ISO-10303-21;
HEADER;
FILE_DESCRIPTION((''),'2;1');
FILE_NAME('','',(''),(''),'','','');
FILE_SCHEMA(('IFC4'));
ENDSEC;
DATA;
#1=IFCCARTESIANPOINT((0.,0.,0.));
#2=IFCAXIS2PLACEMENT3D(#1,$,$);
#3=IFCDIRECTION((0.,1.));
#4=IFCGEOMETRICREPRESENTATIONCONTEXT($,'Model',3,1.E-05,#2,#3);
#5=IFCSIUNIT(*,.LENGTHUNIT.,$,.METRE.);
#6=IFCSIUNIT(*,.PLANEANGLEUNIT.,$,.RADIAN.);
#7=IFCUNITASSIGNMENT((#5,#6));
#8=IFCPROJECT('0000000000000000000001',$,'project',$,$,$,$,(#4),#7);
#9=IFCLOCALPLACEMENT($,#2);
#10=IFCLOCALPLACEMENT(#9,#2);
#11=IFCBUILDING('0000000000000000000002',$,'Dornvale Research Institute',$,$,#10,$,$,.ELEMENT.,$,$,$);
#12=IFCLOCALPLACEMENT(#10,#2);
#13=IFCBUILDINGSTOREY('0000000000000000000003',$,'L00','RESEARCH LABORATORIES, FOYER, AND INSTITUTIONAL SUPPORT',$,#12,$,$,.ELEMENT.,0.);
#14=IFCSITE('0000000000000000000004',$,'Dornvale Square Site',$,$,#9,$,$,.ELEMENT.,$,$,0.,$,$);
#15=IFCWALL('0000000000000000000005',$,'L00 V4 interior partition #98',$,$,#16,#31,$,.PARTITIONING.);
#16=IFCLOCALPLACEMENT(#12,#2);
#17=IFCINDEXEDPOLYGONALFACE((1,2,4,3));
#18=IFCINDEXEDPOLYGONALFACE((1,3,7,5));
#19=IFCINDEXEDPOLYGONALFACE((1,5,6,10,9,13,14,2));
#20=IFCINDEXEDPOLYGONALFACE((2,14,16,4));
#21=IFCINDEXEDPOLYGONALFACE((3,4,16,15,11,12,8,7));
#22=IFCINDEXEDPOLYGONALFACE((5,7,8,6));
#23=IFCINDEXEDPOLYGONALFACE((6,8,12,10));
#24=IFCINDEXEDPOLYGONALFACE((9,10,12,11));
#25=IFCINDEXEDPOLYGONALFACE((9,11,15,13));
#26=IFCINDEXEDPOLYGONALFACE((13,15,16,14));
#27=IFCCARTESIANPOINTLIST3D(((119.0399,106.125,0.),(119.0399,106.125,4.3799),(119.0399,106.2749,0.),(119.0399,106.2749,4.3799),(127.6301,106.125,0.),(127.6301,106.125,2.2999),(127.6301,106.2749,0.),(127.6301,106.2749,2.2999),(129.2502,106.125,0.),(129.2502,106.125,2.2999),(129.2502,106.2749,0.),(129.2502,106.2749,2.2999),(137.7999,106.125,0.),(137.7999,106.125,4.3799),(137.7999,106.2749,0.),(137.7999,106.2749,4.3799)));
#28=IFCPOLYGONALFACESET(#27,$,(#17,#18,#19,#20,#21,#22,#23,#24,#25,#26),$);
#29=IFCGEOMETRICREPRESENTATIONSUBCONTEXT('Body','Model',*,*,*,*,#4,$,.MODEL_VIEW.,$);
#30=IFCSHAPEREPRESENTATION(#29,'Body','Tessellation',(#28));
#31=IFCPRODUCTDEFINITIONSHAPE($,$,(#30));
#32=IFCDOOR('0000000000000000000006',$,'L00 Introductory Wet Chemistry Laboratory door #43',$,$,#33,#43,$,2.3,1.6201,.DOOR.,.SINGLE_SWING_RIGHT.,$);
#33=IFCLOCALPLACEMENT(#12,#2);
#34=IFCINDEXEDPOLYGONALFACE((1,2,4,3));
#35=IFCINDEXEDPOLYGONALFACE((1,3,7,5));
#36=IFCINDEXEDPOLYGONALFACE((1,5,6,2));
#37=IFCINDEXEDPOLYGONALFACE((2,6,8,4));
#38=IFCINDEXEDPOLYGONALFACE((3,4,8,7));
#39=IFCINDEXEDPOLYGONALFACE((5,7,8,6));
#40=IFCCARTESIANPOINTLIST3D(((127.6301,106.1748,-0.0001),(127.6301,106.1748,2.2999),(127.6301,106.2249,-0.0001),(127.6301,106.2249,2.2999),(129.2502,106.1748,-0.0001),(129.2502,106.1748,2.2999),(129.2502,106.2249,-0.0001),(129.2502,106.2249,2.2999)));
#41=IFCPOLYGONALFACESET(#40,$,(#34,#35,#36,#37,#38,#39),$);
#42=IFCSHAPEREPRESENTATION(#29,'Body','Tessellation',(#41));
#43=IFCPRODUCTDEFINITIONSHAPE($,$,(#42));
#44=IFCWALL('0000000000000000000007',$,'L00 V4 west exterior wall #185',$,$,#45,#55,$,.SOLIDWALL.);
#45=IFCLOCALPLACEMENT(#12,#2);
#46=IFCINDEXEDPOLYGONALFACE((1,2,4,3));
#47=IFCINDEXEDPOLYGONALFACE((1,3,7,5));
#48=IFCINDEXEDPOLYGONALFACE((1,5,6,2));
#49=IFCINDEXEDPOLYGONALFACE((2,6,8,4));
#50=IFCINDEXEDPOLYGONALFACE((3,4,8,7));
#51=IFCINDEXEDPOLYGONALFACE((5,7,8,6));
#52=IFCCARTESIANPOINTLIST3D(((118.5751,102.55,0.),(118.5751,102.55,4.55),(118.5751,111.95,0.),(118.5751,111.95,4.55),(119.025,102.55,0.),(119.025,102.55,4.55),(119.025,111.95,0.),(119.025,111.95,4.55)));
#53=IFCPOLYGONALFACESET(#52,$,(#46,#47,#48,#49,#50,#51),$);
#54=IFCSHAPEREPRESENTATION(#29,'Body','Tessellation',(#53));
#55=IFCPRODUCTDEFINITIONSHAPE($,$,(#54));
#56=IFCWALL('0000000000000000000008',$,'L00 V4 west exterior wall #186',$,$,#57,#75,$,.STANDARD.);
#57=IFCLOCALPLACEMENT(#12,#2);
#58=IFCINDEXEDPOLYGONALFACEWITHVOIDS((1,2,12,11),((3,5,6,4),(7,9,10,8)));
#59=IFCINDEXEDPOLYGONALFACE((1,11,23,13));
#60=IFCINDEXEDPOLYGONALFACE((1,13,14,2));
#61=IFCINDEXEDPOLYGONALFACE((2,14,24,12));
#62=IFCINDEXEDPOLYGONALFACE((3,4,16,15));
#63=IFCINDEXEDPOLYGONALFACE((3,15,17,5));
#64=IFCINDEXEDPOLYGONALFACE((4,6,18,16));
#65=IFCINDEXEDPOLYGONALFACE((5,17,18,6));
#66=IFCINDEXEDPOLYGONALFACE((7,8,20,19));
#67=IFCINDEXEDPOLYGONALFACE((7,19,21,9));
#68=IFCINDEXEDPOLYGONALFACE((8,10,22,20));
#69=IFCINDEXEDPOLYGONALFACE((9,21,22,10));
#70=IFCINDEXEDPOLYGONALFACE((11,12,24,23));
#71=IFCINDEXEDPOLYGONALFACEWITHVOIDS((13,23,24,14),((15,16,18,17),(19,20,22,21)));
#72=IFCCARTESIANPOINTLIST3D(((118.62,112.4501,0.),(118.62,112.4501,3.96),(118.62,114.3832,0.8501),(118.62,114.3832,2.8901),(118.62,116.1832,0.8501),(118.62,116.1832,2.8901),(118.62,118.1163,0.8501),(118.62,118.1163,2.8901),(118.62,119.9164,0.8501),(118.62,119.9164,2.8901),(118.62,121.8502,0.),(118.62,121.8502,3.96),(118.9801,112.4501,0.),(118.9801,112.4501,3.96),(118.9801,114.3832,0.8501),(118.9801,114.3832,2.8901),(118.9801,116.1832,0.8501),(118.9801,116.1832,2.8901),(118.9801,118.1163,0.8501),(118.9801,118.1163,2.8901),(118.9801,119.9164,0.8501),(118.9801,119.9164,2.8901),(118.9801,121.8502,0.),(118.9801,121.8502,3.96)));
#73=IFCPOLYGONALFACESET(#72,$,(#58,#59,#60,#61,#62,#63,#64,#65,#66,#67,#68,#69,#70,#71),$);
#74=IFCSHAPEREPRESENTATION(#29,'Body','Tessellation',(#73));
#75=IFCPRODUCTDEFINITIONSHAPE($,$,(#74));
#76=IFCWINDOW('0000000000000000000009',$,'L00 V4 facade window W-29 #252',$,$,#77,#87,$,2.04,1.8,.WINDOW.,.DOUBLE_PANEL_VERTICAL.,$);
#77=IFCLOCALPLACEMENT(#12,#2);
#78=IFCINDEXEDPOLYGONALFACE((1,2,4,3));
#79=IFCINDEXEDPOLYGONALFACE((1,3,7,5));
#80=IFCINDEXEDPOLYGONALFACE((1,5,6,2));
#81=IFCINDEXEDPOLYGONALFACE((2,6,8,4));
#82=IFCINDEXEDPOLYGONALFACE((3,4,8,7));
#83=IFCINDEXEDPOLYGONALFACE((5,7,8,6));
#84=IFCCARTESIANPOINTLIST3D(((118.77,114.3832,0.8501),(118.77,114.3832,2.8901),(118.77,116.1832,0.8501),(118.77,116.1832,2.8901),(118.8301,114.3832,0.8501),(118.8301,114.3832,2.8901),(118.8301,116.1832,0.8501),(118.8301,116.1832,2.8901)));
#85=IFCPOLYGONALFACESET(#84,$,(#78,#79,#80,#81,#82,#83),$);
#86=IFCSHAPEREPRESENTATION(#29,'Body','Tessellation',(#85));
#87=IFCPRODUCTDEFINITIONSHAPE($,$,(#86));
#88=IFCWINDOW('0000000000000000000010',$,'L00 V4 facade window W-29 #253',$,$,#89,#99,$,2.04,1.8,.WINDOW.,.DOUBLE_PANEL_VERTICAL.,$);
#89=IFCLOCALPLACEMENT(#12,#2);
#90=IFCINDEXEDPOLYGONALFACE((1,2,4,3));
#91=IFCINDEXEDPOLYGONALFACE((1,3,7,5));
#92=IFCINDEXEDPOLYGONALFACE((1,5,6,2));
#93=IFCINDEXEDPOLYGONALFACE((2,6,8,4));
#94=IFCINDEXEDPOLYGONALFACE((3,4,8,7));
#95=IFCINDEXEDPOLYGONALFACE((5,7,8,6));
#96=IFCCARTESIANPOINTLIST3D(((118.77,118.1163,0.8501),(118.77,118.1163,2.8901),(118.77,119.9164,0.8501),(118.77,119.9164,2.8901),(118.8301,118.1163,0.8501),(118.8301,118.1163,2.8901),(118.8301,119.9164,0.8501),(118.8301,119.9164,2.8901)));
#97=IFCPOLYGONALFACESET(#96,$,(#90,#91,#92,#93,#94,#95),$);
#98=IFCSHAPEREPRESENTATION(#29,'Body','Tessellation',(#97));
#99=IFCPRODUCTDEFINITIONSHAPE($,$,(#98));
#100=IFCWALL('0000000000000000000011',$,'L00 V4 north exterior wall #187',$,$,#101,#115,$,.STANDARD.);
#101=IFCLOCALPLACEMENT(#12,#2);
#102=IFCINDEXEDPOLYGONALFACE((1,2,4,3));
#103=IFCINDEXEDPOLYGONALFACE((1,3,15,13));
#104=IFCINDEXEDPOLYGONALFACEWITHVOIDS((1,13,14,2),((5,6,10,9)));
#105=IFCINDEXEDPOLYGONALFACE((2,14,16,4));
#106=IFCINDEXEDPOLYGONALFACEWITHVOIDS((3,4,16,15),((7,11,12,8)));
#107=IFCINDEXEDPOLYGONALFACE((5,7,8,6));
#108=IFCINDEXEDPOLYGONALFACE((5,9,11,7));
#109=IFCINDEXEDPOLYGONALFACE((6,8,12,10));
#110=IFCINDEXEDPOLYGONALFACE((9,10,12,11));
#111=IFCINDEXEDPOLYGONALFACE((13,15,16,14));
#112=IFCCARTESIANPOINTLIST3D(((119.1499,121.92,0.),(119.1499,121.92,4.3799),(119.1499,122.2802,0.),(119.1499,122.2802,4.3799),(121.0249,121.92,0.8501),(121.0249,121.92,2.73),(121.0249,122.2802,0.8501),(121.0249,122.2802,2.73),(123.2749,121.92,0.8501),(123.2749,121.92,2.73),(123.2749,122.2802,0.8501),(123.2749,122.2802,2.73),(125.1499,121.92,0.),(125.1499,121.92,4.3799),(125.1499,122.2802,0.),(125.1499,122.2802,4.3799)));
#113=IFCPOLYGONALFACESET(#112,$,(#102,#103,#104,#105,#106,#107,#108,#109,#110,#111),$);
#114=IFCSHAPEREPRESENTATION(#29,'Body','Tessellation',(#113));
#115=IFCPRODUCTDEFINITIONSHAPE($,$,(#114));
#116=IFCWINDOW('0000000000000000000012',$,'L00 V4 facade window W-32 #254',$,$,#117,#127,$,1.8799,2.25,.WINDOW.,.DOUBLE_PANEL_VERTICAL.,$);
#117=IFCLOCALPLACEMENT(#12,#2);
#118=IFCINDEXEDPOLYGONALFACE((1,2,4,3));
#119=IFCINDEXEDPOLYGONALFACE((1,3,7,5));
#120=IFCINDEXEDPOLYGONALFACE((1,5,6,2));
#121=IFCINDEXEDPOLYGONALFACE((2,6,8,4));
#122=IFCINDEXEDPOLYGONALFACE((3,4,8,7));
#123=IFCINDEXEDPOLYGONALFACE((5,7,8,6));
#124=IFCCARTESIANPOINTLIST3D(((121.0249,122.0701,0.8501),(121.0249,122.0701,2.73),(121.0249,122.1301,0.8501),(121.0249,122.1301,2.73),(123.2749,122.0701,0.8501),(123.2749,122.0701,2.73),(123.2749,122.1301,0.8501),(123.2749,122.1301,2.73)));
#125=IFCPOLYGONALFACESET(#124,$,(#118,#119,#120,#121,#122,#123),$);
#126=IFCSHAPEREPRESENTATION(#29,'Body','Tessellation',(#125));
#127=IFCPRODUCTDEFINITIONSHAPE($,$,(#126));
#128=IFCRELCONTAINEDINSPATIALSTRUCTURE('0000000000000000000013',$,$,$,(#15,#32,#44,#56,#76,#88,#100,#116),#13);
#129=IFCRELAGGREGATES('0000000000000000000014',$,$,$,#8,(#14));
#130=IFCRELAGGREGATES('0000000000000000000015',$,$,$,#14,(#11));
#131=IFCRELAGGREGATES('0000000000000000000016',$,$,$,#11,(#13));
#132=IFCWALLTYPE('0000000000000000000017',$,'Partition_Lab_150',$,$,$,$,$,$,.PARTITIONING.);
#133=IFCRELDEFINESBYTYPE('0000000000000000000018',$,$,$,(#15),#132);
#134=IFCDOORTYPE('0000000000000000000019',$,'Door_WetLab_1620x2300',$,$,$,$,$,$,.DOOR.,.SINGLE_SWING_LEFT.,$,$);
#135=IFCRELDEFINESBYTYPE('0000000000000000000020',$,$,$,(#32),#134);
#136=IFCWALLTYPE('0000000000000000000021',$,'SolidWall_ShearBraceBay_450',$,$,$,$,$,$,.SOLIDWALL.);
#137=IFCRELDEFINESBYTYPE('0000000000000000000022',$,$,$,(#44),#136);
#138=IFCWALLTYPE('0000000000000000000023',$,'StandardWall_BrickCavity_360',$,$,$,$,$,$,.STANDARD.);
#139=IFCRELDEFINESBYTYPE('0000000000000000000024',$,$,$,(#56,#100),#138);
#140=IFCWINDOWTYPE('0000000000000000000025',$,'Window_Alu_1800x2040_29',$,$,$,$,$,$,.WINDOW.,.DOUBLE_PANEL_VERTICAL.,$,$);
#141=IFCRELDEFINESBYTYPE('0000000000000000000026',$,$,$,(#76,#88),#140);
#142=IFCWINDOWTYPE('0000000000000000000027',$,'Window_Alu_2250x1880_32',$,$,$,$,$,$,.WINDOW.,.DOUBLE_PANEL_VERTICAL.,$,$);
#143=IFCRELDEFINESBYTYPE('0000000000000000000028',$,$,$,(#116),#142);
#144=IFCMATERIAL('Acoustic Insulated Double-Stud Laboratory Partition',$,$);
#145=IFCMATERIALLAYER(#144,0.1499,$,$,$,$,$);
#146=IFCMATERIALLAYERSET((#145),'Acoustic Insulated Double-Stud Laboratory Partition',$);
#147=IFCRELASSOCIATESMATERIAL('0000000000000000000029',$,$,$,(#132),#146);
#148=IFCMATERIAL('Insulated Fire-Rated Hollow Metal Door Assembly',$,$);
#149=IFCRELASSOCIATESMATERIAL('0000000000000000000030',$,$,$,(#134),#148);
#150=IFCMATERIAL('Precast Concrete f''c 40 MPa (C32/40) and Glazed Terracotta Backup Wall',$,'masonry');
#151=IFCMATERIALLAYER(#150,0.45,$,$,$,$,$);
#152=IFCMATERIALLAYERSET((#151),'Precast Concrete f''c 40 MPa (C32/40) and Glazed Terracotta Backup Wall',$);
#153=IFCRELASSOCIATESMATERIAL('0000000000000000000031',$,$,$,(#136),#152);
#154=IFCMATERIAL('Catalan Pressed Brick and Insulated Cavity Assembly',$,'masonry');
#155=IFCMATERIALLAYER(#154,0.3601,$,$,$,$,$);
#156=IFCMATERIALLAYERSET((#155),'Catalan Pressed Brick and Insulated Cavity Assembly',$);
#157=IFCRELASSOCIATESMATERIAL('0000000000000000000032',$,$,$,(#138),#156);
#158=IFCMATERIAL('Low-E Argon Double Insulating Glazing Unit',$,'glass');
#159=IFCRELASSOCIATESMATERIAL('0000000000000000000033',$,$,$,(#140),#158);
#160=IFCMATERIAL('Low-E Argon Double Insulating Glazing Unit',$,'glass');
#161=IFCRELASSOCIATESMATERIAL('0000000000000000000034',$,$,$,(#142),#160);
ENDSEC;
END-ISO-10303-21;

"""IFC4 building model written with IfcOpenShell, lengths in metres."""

from ifc_helpers import new_model, si_unit, direction, frame, frame_2d, origin, place, context, subcontext, project, spatial, rectangle, extrude, material, layer, layer_set, type_object, element, fill, save


model = new_model("IFC4")

# Units and contexts
model_context = context("Model", 3, precision=1e-05, world=origin(), true_north=direction((0.0, 1.0)))
body_context = subcontext(model_context, "Body", "Model", "MODEL_VIEW")
ifc_project = project(units=[si_unit("LENGTHUNIT", "METRE"), si_unit("PLANEANGLEUNIT", "RADIAN")], contexts=[model_context])

# Site, building, storey
site_placement = place(None, origin())
site = spatial("IfcSite", under=ifc_project, at=site_placement, Name="Dornvale Square Site", CompositionType="ELEMENT", RefElevation=0.0)
building_placement = place(site_placement, origin())
building = spatial("IfcBuilding", under=site, at=building_placement, Name="Dornvale Research Institute", CompositionType="ELEMENT")
storey_placement = place(building_placement, origin())
storey = spatial("IfcBuildingStorey", under=building, at=storey_placement, Name="L00", Description="RESEARCH LABORATORIES, FOYER, AND INSTITUTIONAL SUPPORT", CompositionType="ELEMENT", Elevation=0.0)

# Wall, opening, door
ifc_material_1 = material(Name="Acoustic Insulated Double-Stud Laboratory Partition")
ifc_layer_1 = layer(ifc_material_1, 0.1499)
ifc_layer_set_1 = layer_set([ifc_layer_1], Name="Acoustic Insulated Double-Stud Laboratory Partition")
wall_type_1 = type_object("IfcWallType", Name="Partition_Lab_150", PredefinedType="PARTITIONING", material=ifc_layer_set_1)
wall_1_placement = place(storey_placement, frame((119.04, 106.2, 0.0), z_axis=(0.0, 0.0, 1.0), x_axis=(1.0, 0.0, 0.0)))
wall_1 = element("IfcWall", 1, at=wall_1_placement, inside=storey, type_object=wall_type_1, Name="L00 V4 interior partition #98", PredefinedType="PARTITIONING", context=body_context, shape_type="SweptSolid", body=[
    extrude(rectangle(XDim=18.76, YDim=0.1499, at=frame_2d((9.3799, 0.0))), origin(), (0.0, 0.0, 1.0), 4.3799),
])
opening_1_placement = place(wall_1_placement, frame((8.5901, 0.0, 0.0)))
opening_1 = element("IfcOpeningElement", 2, at=opening_1_placement, cuts=wall_1, PredefinedType="OPENING", context=body_context, shape_type="SweptSolid", body=[
    extrude(rectangle(XDim=1.6201, YDim=2.3, at=frame_2d((0.8101, 1.1499))), frame((0.0, 0.0898, 0.0), z_axis=(0.0, -1.0, 0.0), x_axis=(1.0, 0.0, 0.0)), (0.0, 0.0, 1.0), 0.1799),
])
ifc_material_2 = material(Name="Insulated Fire-Rated Hollow Metal Door Assembly")
door_type = type_object("IfcDoorType", Name="Door_WetLab_1620x2300", OperationType="SINGLE_SWING_LEFT", PredefinedType="DOOR", material=ifc_material_2)
door_placement = place(opening_1_placement, origin())
door = element("IfcDoor", 3, at=door_placement, inside=storey, type_object=door_type, Name="L00 Introductory Wet Chemistry Laboratory door #43", OperationType="SINGLE_SWING_RIGHT", OverallHeight=2.3, OverallWidth=1.6201, PredefinedType="DOOR", context=body_context, shape_type="SweptSolid", body=[
    extrude(rectangle(XDim=1.6201, YDim=2.3, at=frame_2d((0.8101, 1.1499))), frame((0.0, 0.0249, 0.0), z_axis=(0.0, -1.0, 0.0), x_axis=(1.0, 0.0, 0.0)), (0.0, 0.0, 1.0), 0.05),
])
fill(opening_1, door)

# Wall
ifc_material_3 = material(Name="Precast Concrete f'c 40 MPa (C32/40) and Glazed Terracotta Backup Wall", Category="masonry")
ifc_layer_2 = layer(ifc_material_3, 0.45)
ifc_layer_set_2 = layer_set([ifc_layer_2], Name="Precast Concrete f'c 40 MPa (C32/40) and Glazed Terracotta Backup Wall")
wall_type_2 = type_object("IfcWallType", Name="SolidWall_ShearBraceBay_450", PredefinedType="SOLIDWALL", material=ifc_layer_set_2)
wall_2_placement = place(storey_placement, frame((118.8, 102.55, 0.0), z_axis=(0.0, 0.0, 1.0), x_axis=(0.0, 1.0, 0.0)))
element("IfcWall", 4, at=wall_2_placement, inside=storey, type_object=wall_type_2, Name="L00 V4 west exterior wall #185", PredefinedType="SOLIDWALL", context=body_context, shape_type="SweptSolid", body=[
    extrude(rectangle(XDim=9.3999, YDim=0.45, at=frame_2d((4.7, 0.0))), origin(), (0.0, 0.0, 1.0), 4.55),
])

# Wall, openings, windows
ifc_material_4 = material(Name="Catalan Pressed Brick and Insulated Cavity Assembly", Category="masonry")
ifc_layer_3 = layer(ifc_material_4, 0.3601)
ifc_layer_set_3 = layer_set([ifc_layer_3], Name="Catalan Pressed Brick and Insulated Cavity Assembly")
wall_type_3 = type_object("IfcWallType", Name="StandardWall_BrickCavity_360", PredefinedType="STANDARD", material=ifc_layer_set_3)
wall_3_placement = place(storey_placement, frame((118.8, 112.45, 0.0), z_axis=(0.0, 0.0, 1.0), x_axis=(0.0, 1.0, 0.0)))
wall_3 = element("IfcWall", 5, at=wall_3_placement, inside=storey, type_object=wall_type_3, Name="L00 V4 west exterior wall #186", PredefinedType="STANDARD", context=body_context, shape_type="SweptSolid", body=[
    extrude(rectangle(XDim=9.4001, YDim=0.3601, at=frame_2d((4.7002, 0.0))), origin(), (0.0, 0.0, 1.0), 3.96),
])
opening_2_placement = place(wall_3_placement, frame((1.9333, 0.0, 0.8501)))
opening_2 = element("IfcOpeningElement", 6, at=opening_2_placement, cuts=wall_3, PredefinedType="OPENING", context=body_context, shape_type="SweptSolid", body=[
    extrude(rectangle(XDim=1.8, YDim=2.04, at=frame_2d((0.8999, 1.02))), frame((0.0, 0.1951, 0.0), z_axis=(0.0, -1.0, 0.0), x_axis=(1.0, 0.0, 0.0)), (0.0, 0.0, 1.0), 0.3901),
])
opening_3_placement = place(wall_3_placement, frame((5.6665, 0.0, 0.8501)))
opening_3 = element("IfcOpeningElement", 7, at=opening_3_placement, cuts=wall_3, PredefinedType="OPENING", context=body_context, shape_type="SweptSolid", body=[
    extrude(rectangle(XDim=1.8, YDim=2.04, at=frame_2d((0.8999, 1.02))), frame((0.0, 0.1951, 0.0), z_axis=(0.0, -1.0, 0.0), x_axis=(1.0, 0.0, 0.0)), (0.0, 0.0, 1.0), 0.3901),
])
ifc_material_5 = material(Name="Low-E Argon Double Insulating Glazing Unit", Category="glass")
window_type_1 = type_object("IfcWindowType", Name="Window_Alu_1800x2040_29", PartitioningType="DOUBLE_PANEL_VERTICAL", PredefinedType="WINDOW", material=ifc_material_5)
window_1_placement = place(opening_2_placement, origin())
window_1 = element("IfcWindow", 8, at=window_1_placement, inside=storey, type_object=window_type_1, Name="L00 V4 facade window W-29 #252", OverallHeight=2.04, OverallWidth=1.8, PartitioningType="DOUBLE_PANEL_VERTICAL", PredefinedType="WINDOW", context=body_context, shape_type="SweptSolid", body=[
    extrude(rectangle(XDim=1.8, YDim=2.04, at=frame_2d((0.8999, 1.02))), frame((0.0, 0.03, 0.0), z_axis=(0.0, -1.0, 0.0), x_axis=(1.0, 0.0, 0.0)), (0.0, 0.0, 1.0), 0.0601),
])
fill(opening_2, window_1)
window_2_placement = place(opening_3_placement, origin())
window_2 = element("IfcWindow", 9, at=window_2_placement, inside=storey, type_object=window_type_1, Name="L00 V4 facade window W-29 #253", OverallHeight=2.04, OverallWidth=1.8, PartitioningType="DOUBLE_PANEL_VERTICAL", PredefinedType="WINDOW", context=body_context, shape_type="SweptSolid", body=[
    extrude(rectangle(XDim=1.8, YDim=2.04, at=frame_2d((0.8999, 1.02))), frame((0.0, 0.03, 0.0), z_axis=(0.0, -1.0, 0.0), x_axis=(1.0, 0.0, 0.0)), (0.0, 0.0, 1.0), 0.0601),
])
fill(opening_3, window_2)

# Wall, opening, window
wall_4_placement = place(storey_placement, frame((119.1499, 122.1001, 0.0), z_axis=(0.0, 0.0, 1.0), x_axis=(1.0, 0.0, 0.0)))
wall_4 = element("IfcWall", 10, at=wall_4_placement, inside=storey, type_object=wall_type_3, Name="L00 V4 north exterior wall #187", PredefinedType="STANDARD", context=body_context, shape_type="SweptSolid", body=[
    extrude(rectangle(XDim=6.0, YDim=0.3601, at=frame_2d((3.0, 0.0))), origin(), (0.0, 0.0, 1.0), 4.3799),
])
opening_4_placement = place(wall_4_placement, frame((1.875, 0.0, 0.8501)))
opening_4 = element("IfcOpeningElement", 11, at=opening_4_placement, cuts=wall_4, PredefinedType="OPENING", context=body_context, shape_type="SweptSolid", body=[
    extrude(rectangle(XDim=2.25, YDim=1.8799, at=frame_2d((1.125, 0.9399))), frame((0.0, 0.1951, 0.0), z_axis=(0.0, -1.0, 0.0), x_axis=(1.0, 0.0, 0.0)), (0.0, 0.0, 1.0), 0.3901),
])
ifc_material_6 = material(Name="Low-E Argon Double Insulating Glazing Unit", Category="glass")
window_type_2 = type_object("IfcWindowType", Name="Window_Alu_2250x1880_32", PartitioningType="DOUBLE_PANEL_VERTICAL", PredefinedType="WINDOW", material=ifc_material_6)
window_3_placement = place(opening_4_placement, origin())
window_3 = element("IfcWindow", 12, at=window_3_placement, inside=storey, type_object=window_type_2, Name="L00 V4 facade window W-32 #254", OverallHeight=1.8799, OverallWidth=2.25, PartitioningType="DOUBLE_PANEL_VERTICAL", PredefinedType="WINDOW", context=body_context, shape_type="SweptSolid", body=[
    extrude(rectangle(XDim=2.25, YDim=1.8799, at=frame_2d((1.125, 0.9399))), frame((0.0, 0.03, 0.0), z_axis=(0.0, -1.0, 0.0), x_axis=(1.0, 0.0, 0.0)), (0.0, 0.0, 1.0), 0.0601),
])
fill(opening_4, window_3)

save(model, "model.ifc")
